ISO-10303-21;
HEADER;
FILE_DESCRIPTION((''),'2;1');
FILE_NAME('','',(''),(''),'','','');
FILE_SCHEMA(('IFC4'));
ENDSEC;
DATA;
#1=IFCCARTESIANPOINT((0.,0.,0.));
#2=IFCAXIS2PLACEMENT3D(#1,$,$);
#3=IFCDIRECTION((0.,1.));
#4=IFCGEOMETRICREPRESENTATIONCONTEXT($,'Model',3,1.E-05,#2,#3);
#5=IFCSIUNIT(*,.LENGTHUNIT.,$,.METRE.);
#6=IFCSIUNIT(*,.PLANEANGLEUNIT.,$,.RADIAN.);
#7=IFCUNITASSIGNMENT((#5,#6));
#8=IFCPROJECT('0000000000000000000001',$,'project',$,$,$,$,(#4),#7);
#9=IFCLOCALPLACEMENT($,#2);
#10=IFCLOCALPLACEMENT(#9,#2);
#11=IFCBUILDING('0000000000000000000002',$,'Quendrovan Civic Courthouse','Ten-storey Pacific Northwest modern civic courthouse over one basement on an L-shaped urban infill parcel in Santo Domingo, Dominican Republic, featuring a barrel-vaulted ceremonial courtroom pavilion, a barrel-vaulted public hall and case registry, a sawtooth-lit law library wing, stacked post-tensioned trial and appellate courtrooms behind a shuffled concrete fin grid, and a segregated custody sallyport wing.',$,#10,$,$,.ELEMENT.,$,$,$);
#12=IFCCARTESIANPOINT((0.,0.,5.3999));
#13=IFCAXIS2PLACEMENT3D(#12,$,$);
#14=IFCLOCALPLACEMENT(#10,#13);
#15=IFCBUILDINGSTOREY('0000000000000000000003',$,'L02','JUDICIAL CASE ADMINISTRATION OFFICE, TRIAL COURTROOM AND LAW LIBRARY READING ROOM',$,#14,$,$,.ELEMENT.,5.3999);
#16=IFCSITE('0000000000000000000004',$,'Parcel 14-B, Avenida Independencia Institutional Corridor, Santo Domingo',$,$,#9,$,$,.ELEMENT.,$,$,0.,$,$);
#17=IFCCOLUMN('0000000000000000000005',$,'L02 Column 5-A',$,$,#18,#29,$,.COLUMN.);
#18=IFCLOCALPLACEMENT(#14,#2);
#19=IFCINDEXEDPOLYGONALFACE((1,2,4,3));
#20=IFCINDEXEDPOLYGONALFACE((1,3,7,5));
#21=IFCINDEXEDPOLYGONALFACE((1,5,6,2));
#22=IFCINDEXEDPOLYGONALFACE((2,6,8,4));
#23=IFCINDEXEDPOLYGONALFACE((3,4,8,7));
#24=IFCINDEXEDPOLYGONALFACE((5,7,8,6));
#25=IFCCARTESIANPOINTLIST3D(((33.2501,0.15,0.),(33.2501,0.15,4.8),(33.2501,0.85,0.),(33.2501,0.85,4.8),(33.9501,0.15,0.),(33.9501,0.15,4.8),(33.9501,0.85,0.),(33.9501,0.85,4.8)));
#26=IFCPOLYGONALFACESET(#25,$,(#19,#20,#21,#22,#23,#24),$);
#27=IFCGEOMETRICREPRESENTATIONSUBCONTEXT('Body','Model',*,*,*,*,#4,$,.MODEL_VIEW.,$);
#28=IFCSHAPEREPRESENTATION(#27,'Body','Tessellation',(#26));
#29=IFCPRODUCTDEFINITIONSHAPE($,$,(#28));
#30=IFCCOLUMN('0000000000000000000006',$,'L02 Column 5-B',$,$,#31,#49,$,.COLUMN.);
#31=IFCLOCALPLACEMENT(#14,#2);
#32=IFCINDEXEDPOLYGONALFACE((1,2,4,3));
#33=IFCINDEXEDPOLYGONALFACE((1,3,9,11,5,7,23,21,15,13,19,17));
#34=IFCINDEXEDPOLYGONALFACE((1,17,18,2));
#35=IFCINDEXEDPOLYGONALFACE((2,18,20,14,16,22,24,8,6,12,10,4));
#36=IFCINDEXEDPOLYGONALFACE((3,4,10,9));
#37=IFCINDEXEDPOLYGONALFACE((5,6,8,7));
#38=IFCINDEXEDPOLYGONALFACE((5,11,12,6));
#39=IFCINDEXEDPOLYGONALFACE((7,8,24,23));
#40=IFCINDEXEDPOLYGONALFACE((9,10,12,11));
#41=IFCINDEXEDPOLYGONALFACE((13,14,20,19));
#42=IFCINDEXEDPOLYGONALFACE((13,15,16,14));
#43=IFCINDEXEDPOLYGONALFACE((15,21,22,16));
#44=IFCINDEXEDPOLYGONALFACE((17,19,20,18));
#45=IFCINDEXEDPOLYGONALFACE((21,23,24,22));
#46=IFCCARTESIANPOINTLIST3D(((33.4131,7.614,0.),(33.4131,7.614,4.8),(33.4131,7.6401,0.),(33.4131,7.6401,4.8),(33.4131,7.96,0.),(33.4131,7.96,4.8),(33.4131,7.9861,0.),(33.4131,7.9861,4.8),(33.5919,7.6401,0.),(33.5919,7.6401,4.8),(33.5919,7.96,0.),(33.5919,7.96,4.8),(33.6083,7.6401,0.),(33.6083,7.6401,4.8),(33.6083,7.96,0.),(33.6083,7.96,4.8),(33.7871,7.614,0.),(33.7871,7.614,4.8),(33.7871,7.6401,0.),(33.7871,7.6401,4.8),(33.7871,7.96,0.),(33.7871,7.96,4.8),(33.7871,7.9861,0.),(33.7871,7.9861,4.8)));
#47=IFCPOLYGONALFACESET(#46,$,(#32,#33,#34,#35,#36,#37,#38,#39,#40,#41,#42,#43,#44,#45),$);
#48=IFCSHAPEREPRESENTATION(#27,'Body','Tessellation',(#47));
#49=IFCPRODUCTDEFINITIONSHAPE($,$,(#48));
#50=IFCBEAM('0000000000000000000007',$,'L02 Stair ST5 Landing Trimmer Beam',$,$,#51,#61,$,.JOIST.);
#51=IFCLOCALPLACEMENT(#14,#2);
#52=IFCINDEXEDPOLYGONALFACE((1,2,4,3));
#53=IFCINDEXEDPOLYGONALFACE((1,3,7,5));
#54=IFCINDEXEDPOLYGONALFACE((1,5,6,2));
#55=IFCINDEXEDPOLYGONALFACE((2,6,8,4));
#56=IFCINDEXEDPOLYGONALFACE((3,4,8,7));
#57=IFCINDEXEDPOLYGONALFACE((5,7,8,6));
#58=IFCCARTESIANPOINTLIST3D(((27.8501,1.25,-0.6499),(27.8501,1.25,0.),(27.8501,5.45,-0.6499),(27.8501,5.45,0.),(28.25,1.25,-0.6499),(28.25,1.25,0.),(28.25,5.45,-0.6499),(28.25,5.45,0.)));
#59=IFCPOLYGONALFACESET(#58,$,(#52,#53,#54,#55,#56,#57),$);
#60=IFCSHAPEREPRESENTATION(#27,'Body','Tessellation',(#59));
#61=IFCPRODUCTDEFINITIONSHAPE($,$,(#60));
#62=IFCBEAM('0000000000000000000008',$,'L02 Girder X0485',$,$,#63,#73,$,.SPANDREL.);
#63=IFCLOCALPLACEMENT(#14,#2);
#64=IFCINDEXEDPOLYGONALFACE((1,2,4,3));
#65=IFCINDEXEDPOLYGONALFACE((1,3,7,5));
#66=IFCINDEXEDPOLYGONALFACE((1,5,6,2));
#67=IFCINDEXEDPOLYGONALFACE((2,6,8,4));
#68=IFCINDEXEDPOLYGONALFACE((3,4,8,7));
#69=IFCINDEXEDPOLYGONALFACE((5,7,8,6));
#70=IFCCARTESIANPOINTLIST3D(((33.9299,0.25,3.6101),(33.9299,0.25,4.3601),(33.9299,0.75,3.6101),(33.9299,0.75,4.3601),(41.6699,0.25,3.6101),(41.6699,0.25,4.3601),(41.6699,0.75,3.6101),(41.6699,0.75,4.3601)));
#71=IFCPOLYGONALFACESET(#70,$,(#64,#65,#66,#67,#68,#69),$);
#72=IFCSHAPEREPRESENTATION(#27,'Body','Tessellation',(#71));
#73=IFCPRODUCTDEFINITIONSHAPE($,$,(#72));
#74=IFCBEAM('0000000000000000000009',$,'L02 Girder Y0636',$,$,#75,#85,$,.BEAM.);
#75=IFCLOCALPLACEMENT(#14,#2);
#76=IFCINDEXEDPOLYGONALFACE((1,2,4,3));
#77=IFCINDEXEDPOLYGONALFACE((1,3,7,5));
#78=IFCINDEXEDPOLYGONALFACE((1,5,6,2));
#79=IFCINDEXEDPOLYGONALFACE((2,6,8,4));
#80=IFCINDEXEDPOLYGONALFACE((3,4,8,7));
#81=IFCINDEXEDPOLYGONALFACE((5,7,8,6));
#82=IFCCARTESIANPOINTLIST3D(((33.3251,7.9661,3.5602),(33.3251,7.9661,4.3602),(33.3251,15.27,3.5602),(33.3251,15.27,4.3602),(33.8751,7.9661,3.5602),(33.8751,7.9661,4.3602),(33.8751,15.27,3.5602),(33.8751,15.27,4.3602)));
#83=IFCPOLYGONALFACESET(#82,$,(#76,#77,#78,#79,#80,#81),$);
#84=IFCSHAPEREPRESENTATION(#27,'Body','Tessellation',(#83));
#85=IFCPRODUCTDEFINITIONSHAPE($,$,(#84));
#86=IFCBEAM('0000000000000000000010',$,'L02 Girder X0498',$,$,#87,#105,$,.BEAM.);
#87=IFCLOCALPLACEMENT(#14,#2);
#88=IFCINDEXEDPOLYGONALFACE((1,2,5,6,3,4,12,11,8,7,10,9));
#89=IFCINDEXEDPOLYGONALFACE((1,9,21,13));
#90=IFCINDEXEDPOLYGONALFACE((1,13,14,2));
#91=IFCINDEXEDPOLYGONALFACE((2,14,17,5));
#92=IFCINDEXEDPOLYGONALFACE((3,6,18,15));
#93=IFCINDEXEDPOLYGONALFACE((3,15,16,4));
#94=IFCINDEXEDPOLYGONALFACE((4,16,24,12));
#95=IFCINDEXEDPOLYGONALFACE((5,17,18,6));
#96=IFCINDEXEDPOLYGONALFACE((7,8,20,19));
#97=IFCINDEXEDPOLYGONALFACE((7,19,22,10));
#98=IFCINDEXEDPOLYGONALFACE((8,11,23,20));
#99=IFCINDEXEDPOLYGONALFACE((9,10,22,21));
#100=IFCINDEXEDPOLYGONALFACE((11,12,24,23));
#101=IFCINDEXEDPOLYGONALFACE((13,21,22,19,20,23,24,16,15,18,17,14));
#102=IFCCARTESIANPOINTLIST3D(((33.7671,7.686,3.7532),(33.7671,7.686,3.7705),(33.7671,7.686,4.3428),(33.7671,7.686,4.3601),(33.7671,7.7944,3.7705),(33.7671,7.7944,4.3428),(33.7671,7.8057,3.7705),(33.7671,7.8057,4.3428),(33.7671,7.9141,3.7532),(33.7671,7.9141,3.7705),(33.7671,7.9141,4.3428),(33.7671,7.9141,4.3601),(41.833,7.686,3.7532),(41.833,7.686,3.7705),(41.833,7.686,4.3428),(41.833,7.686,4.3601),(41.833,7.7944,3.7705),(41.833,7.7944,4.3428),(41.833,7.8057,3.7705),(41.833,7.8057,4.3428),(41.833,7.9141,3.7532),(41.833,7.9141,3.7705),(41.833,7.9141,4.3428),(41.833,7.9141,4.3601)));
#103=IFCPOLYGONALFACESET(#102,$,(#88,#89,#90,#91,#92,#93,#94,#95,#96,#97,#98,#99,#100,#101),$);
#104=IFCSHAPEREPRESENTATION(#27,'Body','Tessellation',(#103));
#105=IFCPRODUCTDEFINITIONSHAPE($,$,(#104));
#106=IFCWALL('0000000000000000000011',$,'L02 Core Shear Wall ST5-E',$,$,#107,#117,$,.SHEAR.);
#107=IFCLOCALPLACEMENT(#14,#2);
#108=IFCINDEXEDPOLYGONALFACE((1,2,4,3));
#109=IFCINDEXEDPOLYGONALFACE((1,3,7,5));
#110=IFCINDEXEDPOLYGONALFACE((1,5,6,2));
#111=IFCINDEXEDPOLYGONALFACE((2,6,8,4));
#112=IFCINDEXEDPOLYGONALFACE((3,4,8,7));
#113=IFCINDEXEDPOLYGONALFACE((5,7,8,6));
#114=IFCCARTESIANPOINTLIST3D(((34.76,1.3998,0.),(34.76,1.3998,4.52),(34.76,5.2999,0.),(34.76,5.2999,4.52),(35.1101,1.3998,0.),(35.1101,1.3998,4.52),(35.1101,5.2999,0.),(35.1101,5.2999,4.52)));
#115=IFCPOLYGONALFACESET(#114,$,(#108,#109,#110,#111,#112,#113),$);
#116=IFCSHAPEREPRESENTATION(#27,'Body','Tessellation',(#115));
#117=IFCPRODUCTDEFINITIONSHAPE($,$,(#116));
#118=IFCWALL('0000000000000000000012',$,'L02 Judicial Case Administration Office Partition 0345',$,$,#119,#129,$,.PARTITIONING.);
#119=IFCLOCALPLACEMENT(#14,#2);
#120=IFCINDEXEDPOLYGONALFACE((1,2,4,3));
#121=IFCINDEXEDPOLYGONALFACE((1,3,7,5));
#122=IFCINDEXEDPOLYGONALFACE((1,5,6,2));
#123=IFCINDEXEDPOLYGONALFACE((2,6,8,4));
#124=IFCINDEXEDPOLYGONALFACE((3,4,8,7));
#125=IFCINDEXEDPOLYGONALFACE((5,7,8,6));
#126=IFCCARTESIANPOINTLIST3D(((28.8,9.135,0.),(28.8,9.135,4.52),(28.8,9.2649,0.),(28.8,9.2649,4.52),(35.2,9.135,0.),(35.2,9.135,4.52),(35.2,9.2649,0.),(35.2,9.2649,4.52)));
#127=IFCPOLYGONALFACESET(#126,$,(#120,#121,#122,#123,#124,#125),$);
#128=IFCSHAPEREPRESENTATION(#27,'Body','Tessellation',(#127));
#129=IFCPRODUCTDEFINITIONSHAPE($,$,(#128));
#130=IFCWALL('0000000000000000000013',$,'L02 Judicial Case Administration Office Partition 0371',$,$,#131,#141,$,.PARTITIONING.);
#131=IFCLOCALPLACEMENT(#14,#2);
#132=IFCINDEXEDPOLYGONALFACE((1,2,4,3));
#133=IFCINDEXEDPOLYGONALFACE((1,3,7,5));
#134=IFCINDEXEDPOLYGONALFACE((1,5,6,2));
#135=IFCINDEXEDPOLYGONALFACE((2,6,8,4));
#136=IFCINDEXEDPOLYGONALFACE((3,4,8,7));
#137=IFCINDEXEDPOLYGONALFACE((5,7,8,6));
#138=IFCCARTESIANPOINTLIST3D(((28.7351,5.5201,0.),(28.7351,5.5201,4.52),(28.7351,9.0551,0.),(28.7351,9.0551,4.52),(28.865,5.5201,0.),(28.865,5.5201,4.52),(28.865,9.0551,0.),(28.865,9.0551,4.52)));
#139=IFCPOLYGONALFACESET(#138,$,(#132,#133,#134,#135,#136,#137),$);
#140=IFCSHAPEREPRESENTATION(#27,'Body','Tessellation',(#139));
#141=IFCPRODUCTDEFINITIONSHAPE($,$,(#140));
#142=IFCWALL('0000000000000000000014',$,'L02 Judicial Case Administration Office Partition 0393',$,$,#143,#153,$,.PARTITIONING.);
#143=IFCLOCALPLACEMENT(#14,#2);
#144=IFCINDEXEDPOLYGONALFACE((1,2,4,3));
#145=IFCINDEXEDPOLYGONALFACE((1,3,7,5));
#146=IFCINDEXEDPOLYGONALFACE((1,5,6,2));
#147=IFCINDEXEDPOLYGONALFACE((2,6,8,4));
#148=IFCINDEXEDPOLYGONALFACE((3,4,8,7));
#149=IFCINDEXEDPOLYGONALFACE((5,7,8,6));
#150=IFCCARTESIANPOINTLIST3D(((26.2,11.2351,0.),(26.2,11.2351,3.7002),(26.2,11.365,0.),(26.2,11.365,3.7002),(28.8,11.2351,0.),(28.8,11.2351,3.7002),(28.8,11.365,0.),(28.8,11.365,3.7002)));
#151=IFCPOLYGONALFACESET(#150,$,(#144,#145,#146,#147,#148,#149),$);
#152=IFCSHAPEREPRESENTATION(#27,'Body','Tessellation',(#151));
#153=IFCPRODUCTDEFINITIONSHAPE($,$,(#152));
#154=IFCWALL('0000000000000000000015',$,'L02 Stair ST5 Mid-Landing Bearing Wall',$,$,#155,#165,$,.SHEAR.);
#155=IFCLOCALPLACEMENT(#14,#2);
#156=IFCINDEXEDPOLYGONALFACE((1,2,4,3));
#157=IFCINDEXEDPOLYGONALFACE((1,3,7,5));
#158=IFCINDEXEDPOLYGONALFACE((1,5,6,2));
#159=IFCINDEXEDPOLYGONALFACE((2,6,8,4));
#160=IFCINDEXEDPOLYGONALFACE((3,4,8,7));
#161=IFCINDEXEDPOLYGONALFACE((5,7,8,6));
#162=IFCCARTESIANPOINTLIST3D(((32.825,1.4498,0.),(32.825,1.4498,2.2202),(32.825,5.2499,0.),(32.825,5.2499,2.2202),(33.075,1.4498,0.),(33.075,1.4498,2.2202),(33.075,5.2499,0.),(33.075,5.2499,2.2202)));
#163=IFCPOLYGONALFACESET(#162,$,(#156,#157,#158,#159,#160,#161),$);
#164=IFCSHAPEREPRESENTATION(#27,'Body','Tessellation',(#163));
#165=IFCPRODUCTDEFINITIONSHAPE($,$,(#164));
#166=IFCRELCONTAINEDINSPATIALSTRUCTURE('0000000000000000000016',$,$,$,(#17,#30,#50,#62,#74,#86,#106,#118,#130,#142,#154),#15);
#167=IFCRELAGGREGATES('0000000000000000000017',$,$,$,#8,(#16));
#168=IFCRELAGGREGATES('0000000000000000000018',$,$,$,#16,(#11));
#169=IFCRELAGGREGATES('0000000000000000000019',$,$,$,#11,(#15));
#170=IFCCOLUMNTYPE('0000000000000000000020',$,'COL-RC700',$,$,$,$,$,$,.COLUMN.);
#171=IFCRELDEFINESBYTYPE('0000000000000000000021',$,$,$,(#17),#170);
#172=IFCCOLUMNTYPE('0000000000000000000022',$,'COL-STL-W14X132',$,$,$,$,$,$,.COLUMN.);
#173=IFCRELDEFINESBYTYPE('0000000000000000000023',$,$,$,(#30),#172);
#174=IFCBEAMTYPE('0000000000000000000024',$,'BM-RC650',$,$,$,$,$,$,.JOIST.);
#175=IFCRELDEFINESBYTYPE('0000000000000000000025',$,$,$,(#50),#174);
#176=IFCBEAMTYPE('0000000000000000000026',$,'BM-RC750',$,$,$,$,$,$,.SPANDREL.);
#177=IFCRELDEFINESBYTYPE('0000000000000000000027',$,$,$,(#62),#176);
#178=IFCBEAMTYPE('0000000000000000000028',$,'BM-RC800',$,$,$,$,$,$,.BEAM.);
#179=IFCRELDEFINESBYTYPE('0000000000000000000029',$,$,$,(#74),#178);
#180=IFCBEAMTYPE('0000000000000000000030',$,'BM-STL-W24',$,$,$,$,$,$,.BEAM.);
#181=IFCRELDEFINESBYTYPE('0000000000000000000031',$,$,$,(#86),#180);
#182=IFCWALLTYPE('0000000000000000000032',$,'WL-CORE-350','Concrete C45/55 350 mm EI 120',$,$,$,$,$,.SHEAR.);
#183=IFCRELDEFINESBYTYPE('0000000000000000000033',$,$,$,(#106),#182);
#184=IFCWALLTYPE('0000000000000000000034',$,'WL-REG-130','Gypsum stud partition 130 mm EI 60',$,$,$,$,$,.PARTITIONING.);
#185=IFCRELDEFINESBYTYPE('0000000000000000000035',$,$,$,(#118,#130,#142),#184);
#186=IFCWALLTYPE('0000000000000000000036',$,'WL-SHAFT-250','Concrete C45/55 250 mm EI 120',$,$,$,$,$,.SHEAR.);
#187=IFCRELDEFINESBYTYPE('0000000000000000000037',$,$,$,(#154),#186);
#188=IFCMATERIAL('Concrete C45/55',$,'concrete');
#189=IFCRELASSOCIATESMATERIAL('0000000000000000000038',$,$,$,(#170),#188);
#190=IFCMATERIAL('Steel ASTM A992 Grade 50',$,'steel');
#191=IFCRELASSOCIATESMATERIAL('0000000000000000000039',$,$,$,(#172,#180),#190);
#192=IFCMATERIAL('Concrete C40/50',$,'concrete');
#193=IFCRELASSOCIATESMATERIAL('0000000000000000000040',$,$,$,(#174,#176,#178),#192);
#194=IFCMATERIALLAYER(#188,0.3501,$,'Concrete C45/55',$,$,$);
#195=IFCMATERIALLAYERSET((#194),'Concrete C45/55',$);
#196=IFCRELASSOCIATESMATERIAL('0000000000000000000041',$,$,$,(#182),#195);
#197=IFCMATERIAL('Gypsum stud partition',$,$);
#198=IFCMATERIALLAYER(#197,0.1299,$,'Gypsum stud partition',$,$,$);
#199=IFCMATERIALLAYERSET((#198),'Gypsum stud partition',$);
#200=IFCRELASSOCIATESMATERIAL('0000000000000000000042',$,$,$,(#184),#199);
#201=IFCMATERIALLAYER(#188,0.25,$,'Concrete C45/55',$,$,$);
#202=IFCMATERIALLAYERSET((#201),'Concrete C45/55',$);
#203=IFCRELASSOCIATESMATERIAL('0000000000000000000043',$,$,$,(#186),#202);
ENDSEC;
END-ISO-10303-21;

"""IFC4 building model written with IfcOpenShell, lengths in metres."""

from ifc_helpers import new_model, si_unit, direction, frame, frame_2d, origin, origin_2d, place, context, subcontext, project, spatial, rectangle, i_section, extrude, material, layer, layer_set, material_profile, profile_set, type_object, element, save


model = new_model("IFC4")

# Units and contexts
model_context = context("Model", 3, precision=1e-05, world=origin(), true_north=direction((0.0, 1.0)))
body_context = subcontext(model_context, "Body", "Model", "MODEL_VIEW")
ifc_project = project(units=[si_unit("LENGTHUNIT", "METRE"), si_unit("PLANEANGLEUNIT", "RADIAN")], contexts=[model_context])

# Site, building, storey
site_placement = place(None, origin())
site = spatial("IfcSite", under=ifc_project, at=site_placement, Name="Parcel 14-B, Avenida Independencia Institutional Corridor, Santo Domingo", CompositionType="ELEMENT", RefElevation=0.0)
building_placement = place(site_placement, origin())
building = spatial("IfcBuilding", under=site, at=building_placement, Name="Quendrovan Civic Courthouse", Description="Ten-storey Pacific Northwest modern civic courthouse over one basement on an L-shaped urban infill parcel in Santo Domingo, Dominican Republic, featuring a barrel-vaulted ceremonial courtroom pavilion, a barrel-vaulted public hall and case registry, a sawtooth-lit law library wing, stacked post-tensioned trial and appellate courtrooms behind a shuffled concrete fin grid, and a segregated custody sallyport wing.", CompositionType="ELEMENT")
storey_placement = place(building_placement, frame((0.0, 0.0, 5.3999)))
storey = spatial("IfcBuildingStorey", under=building, at=storey_placement, Name="L02", Description="JUDICIAL CASE ADMINISTRATION OFFICE, TRIAL COURTROOM AND LAW LIBRARY READING ROOM", CompositionType="ELEMENT", Elevation=5.3999)

# Columns
ifc_material_1 = material(Name="Concrete C45/55", Category="concrete")
ifc_material_profile_1 = material_profile(ifc_material_1, rectangle(XDim=0.7, YDim=0.7, at=origin_2d()), Name="RC-COL-700x700")
ifc_profile_set_1 = profile_set([ifc_material_profile_1], Name="Concrete C45/55")
column_type_1 = type_object("IfcColumnType", Name="COL-RC700", PredefinedType="COLUMN", material=ifc_profile_set_1)
column_1_placement = place(storey_placement, frame((33.6001, 0.5, 0.0), z_axis=(0.0, 0.0, 1.0), x_axis=(1.0, 0.0, 0.0)))
element("IfcColumn", 1, at=column_1_placement, inside=storey, type_object=column_type_1, Name="L02 Column 5-A", PredefinedType="COLUMN", context=body_context, shape_type="SweptSolid", body=[
    extrude(rectangle(XDim=0.7, YDim=0.7, at=origin_2d()), origin(), (0.0, 0.0, 1.0), 4.8),
])
ifc_material_2 = material(Name="Steel ASTM A992 Grade 50", Category="steel")
ifc_material_profile_2 = material_profile(ifc_material_2, i_section(OverallWidth=0.374, OverallDepth=0.3721, WebThickness=0.0164, FlangeThickness=0.0261, at=origin_2d()), Name="W14X132")
ifc_profile_set_2 = profile_set([ifc_material_profile_2], Name="Steel ASTM A992 Grade 50")
column_type_2 = type_object("IfcColumnType", Name="COL-STL-W14X132", PredefinedType="COLUMN", material=ifc_profile_set_2)
column_2_placement = place(storey_placement, frame((33.6001, 7.8, 0.0), z_axis=(0.0, 0.0, 1.0), x_axis=(1.0, 0.0, 0.0)))
element("IfcColumn", 2, at=column_2_placement, inside=storey, type_object=column_type_2, Name="L02 Column 5-B", PredefinedType="COLUMN", context=body_context, shape_type="SweptSolid", body=[
    extrude(i_section(OverallWidth=0.374, OverallDepth=0.3721, WebThickness=0.0164, FlangeThickness=0.0261, at=origin_2d()), origin(), (0.0, 0.0, 1.0), 4.8),
])

# Beams
ifc_material_3 = material(Name="Concrete C40/50", Category="concrete")
ifc_material_profile_3 = material_profile(ifc_material_3, rectangle(XDim=0.3999, YDim=0.6499, at=origin_2d()), Name="RC-BM-400x650")
ifc_profile_set_3 = profile_set([ifc_material_profile_3], Name="Concrete C40/50")
beam_type_1 = type_object("IfcBeamType", Name="BM-RC650", PredefinedType="JOIST", material=ifc_profile_set_3)
beam_1_placement = place(storey_placement, frame((28.05, 1.25, -0.325), z_axis=(0.0, 1.0, 0.0), x_axis=(-1.0, 0.0, 0.0)))
element("IfcBeam", 3, at=beam_1_placement, inside=storey, type_object=beam_type_1, Name="L02 Stair ST5 Landing Trimmer Beam", PredefinedType="JOIST", context=body_context, shape_type="SweptSolid", body=[
    extrude(rectangle(XDim=0.3999, YDim=0.6499, at=origin_2d()), origin(), (0.0, 0.0, 1.0), 4.2),
])
ifc_material_profile_4 = material_profile(ifc_material_3, rectangle(XDim=0.5, YDim=0.75, at=origin_2d()), Name="RC-BM-500x750")
ifc_profile_set_4 = profile_set([ifc_material_profile_4], Name="Concrete C40/50")
beam_type_2 = type_object("IfcBeamType", Name="BM-RC750", PredefinedType="SPANDREL", material=ifc_profile_set_4)
beam_2_placement = place(storey_placement, frame((33.9299, 0.5, 3.9851), z_axis=(1.0, 0.0, 0.0), x_axis=(0.0, 1.0, 0.0)))
element("IfcBeam", 4, at=beam_2_placement, inside=storey, type_object=beam_type_2, Name="L02 Girder X0485", PredefinedType="SPANDREL", context=body_context, shape_type="SweptSolid", body=[
    extrude(rectangle(XDim=0.5, YDim=0.75, at=origin_2d()), origin(), (0.0, 0.0, 1.0), 7.74),
])
ifc_material_profile_5 = material_profile(ifc_material_3, rectangle(XDim=0.55, YDim=0.8, at=origin_2d()), Name="RC-BM-550x800")
ifc_profile_set_5 = profile_set([ifc_material_profile_5], Name="Concrete C40/50")
beam_type_3 = type_object("IfcBeamType", Name="BM-RC800", PredefinedType="BEAM", material=ifc_profile_set_5)
beam_3_placement = place(storey_placement, frame((33.6001, 7.9661, 3.9602), z_axis=(0.0, 1.0, 0.0), x_axis=(-1.0, 0.0, 0.0)))
element("IfcBeam", 5, at=beam_3_placement, inside=storey, type_object=beam_type_3, Name="L02 Girder Y0636", PredefinedType="BEAM", context=body_context, shape_type="SweptSolid", body=[
    extrude(rectangle(XDim=0.55, YDim=0.8, at=origin_2d()), origin(), (0.0, 0.0, 1.0), 7.304),
])
ifc_material_profile_6 = material_profile(ifc_material_2, i_section(OverallWidth=0.228, OverallDepth=0.6069, WebThickness=0.0112, FlangeThickness=0.0173, at=origin_2d()), Name="W24X76")
ifc_profile_set_6 = profile_set([ifc_material_profile_6], Name="Steel ASTM A992 Grade 50")
beam_type_4 = type_object("IfcBeamType", Name="BM-STL-W24", PredefinedType="BEAM", material=ifc_profile_set_6)
beam_4_placement = place(storey_placement, frame((33.7671, 7.8, 4.0566), z_axis=(1.0, 0.0, 0.0), x_axis=(0.0, 1.0, 0.0)))
element("IfcBeam", 6, at=beam_4_placement, inside=storey, type_object=beam_type_4, Name="L02 Girder X0498", PredefinedType="BEAM", context=body_context, shape_type="SweptSolid", body=[
    extrude(i_section(OverallWidth=0.228, OverallDepth=0.6069, WebThickness=0.0112, FlangeThickness=0.0173, at=origin_2d()), origin(), (0.0, 0.0, 1.0), 8.0659),
])

# Walls
ifc_layer_1 = layer(ifc_material_1, 0.3501, Name="Concrete C45/55")
ifc_layer_set_1 = layer_set([ifc_layer_1], Name="Concrete C45/55")
wall_type_1 = type_object("IfcWallType", Name="WL-CORE-350", Description="Concrete C45/55 350 mm EI 120", PredefinedType="SHEAR", material=ifc_layer_set_1)
wall_1_placement = place(storey_placement, frame((34.9351, 5.3, 0.0), z_axis=(0.0, 0.0, 1.0), x_axis=(0.0, -1.0, 0.0)))
element("IfcWall", 7, at=wall_1_placement, inside=storey, type_object=wall_type_1, Name="L02 Core Shear Wall ST5-E", PredefinedType="SHEAR", context=body_context, shape_type="SweptSolid", body=[
    extrude(rectangle(XDim=3.9001, YDim=0.3501, at=frame_2d((1.9502, 0.0))), origin(), (0.0, 0.0, 1.0), 4.52),
])
ifc_material_4 = material(Name="Gypsum stud partition")
ifc_layer_2 = layer(ifc_material_4, 0.1299, Name="Gypsum stud partition")
ifc_layer_set_2 = layer_set([ifc_layer_2], Name="Gypsum stud partition")
wall_type_2 = type_object("IfcWallType", Name="WL-REG-130", Description="Gypsum stud partition 130 mm EI 60", PredefinedType="PARTITIONING", material=ifc_layer_set_2)
wall_2_placement = place(storey_placement, frame((28.8, 9.2, 0.0), z_axis=(0.0, 0.0, 1.0), x_axis=(1.0, 0.0, 0.0)))
element("IfcWall", 8, at=wall_2_placement, inside=storey, type_object=wall_type_2, Name="L02 Judicial Case Administration Office Partition 0345", PredefinedType="PARTITIONING", context=body_context, shape_type="SweptSolid", body=[
    extrude(rectangle(XDim=6.3999, YDim=0.1299, at=frame_2d((3.2, 0.0))), origin(), (0.0, 0.0, 1.0), 4.52),
])
wall_3_placement = place(storey_placement, frame((28.8, 5.52, 0.0), z_axis=(0.0, 0.0, 1.0), x_axis=(0.0, 1.0, 0.0)))
element("IfcWall", 9, at=wall_3_placement, inside=storey, type_object=wall_type_2, Name="L02 Judicial Case Administration Office Partition 0371", PredefinedType="PARTITIONING", context=body_context, shape_type="SweptSolid", body=[
    extrude(rectangle(XDim=3.5349, YDim=0.1299, at=frame_2d((1.7676, 0.0))), origin(), (0.0, 0.0, 1.0), 4.52),
])
wall_4_placement = place(storey_placement, frame((28.8, 11.3, 0.0), z_axis=(0.0, 0.0, 1.0), x_axis=(-1.0, 0.0, 0.0)))
element("IfcWall", 10, at=wall_4_placement, inside=storey, type_object=wall_type_2, Name="L02 Judicial Case Administration Office Partition 0393", PredefinedType="PARTITIONING", context=body_context, shape_type="SweptSolid", body=[
    extrude(rectangle(XDim=2.6001, YDim=0.1299, at=frame_2d((1.3, 0.0))), origin(), (0.0, 0.0, 1.0), 3.7002),
])
ifc_layer_3 = layer(ifc_material_1, 0.25, Name="Concrete C45/55")
ifc_layer_set_3 = layer_set([ifc_layer_3], Name="Concrete C45/55")
wall_type_3 = type_object("IfcWallType", Name="WL-SHAFT-250", Description="Concrete C45/55 250 mm EI 120", PredefinedType="SHEAR", material=ifc_layer_set_3)
wall_5_placement = place(storey_placement, frame((32.95, 1.45, 0.0), z_axis=(0.0, 0.0, 1.0), x_axis=(0.0, 1.0, 0.0)))
element("IfcWall", 11, at=wall_5_placement, inside=storey, type_object=wall_type_3, Name="L02 Stair ST5 Mid-Landing Bearing Wall", PredefinedType="SHEAR", context=body_context, shape_type="SweptSolid", body=[
    extrude(rectangle(XDim=3.8, YDim=0.25, at=frame_2d((1.8999, 0.0))), origin(), (0.0, 0.0, 1.0), 2.2202),
])

save(model, "model.ifc")
